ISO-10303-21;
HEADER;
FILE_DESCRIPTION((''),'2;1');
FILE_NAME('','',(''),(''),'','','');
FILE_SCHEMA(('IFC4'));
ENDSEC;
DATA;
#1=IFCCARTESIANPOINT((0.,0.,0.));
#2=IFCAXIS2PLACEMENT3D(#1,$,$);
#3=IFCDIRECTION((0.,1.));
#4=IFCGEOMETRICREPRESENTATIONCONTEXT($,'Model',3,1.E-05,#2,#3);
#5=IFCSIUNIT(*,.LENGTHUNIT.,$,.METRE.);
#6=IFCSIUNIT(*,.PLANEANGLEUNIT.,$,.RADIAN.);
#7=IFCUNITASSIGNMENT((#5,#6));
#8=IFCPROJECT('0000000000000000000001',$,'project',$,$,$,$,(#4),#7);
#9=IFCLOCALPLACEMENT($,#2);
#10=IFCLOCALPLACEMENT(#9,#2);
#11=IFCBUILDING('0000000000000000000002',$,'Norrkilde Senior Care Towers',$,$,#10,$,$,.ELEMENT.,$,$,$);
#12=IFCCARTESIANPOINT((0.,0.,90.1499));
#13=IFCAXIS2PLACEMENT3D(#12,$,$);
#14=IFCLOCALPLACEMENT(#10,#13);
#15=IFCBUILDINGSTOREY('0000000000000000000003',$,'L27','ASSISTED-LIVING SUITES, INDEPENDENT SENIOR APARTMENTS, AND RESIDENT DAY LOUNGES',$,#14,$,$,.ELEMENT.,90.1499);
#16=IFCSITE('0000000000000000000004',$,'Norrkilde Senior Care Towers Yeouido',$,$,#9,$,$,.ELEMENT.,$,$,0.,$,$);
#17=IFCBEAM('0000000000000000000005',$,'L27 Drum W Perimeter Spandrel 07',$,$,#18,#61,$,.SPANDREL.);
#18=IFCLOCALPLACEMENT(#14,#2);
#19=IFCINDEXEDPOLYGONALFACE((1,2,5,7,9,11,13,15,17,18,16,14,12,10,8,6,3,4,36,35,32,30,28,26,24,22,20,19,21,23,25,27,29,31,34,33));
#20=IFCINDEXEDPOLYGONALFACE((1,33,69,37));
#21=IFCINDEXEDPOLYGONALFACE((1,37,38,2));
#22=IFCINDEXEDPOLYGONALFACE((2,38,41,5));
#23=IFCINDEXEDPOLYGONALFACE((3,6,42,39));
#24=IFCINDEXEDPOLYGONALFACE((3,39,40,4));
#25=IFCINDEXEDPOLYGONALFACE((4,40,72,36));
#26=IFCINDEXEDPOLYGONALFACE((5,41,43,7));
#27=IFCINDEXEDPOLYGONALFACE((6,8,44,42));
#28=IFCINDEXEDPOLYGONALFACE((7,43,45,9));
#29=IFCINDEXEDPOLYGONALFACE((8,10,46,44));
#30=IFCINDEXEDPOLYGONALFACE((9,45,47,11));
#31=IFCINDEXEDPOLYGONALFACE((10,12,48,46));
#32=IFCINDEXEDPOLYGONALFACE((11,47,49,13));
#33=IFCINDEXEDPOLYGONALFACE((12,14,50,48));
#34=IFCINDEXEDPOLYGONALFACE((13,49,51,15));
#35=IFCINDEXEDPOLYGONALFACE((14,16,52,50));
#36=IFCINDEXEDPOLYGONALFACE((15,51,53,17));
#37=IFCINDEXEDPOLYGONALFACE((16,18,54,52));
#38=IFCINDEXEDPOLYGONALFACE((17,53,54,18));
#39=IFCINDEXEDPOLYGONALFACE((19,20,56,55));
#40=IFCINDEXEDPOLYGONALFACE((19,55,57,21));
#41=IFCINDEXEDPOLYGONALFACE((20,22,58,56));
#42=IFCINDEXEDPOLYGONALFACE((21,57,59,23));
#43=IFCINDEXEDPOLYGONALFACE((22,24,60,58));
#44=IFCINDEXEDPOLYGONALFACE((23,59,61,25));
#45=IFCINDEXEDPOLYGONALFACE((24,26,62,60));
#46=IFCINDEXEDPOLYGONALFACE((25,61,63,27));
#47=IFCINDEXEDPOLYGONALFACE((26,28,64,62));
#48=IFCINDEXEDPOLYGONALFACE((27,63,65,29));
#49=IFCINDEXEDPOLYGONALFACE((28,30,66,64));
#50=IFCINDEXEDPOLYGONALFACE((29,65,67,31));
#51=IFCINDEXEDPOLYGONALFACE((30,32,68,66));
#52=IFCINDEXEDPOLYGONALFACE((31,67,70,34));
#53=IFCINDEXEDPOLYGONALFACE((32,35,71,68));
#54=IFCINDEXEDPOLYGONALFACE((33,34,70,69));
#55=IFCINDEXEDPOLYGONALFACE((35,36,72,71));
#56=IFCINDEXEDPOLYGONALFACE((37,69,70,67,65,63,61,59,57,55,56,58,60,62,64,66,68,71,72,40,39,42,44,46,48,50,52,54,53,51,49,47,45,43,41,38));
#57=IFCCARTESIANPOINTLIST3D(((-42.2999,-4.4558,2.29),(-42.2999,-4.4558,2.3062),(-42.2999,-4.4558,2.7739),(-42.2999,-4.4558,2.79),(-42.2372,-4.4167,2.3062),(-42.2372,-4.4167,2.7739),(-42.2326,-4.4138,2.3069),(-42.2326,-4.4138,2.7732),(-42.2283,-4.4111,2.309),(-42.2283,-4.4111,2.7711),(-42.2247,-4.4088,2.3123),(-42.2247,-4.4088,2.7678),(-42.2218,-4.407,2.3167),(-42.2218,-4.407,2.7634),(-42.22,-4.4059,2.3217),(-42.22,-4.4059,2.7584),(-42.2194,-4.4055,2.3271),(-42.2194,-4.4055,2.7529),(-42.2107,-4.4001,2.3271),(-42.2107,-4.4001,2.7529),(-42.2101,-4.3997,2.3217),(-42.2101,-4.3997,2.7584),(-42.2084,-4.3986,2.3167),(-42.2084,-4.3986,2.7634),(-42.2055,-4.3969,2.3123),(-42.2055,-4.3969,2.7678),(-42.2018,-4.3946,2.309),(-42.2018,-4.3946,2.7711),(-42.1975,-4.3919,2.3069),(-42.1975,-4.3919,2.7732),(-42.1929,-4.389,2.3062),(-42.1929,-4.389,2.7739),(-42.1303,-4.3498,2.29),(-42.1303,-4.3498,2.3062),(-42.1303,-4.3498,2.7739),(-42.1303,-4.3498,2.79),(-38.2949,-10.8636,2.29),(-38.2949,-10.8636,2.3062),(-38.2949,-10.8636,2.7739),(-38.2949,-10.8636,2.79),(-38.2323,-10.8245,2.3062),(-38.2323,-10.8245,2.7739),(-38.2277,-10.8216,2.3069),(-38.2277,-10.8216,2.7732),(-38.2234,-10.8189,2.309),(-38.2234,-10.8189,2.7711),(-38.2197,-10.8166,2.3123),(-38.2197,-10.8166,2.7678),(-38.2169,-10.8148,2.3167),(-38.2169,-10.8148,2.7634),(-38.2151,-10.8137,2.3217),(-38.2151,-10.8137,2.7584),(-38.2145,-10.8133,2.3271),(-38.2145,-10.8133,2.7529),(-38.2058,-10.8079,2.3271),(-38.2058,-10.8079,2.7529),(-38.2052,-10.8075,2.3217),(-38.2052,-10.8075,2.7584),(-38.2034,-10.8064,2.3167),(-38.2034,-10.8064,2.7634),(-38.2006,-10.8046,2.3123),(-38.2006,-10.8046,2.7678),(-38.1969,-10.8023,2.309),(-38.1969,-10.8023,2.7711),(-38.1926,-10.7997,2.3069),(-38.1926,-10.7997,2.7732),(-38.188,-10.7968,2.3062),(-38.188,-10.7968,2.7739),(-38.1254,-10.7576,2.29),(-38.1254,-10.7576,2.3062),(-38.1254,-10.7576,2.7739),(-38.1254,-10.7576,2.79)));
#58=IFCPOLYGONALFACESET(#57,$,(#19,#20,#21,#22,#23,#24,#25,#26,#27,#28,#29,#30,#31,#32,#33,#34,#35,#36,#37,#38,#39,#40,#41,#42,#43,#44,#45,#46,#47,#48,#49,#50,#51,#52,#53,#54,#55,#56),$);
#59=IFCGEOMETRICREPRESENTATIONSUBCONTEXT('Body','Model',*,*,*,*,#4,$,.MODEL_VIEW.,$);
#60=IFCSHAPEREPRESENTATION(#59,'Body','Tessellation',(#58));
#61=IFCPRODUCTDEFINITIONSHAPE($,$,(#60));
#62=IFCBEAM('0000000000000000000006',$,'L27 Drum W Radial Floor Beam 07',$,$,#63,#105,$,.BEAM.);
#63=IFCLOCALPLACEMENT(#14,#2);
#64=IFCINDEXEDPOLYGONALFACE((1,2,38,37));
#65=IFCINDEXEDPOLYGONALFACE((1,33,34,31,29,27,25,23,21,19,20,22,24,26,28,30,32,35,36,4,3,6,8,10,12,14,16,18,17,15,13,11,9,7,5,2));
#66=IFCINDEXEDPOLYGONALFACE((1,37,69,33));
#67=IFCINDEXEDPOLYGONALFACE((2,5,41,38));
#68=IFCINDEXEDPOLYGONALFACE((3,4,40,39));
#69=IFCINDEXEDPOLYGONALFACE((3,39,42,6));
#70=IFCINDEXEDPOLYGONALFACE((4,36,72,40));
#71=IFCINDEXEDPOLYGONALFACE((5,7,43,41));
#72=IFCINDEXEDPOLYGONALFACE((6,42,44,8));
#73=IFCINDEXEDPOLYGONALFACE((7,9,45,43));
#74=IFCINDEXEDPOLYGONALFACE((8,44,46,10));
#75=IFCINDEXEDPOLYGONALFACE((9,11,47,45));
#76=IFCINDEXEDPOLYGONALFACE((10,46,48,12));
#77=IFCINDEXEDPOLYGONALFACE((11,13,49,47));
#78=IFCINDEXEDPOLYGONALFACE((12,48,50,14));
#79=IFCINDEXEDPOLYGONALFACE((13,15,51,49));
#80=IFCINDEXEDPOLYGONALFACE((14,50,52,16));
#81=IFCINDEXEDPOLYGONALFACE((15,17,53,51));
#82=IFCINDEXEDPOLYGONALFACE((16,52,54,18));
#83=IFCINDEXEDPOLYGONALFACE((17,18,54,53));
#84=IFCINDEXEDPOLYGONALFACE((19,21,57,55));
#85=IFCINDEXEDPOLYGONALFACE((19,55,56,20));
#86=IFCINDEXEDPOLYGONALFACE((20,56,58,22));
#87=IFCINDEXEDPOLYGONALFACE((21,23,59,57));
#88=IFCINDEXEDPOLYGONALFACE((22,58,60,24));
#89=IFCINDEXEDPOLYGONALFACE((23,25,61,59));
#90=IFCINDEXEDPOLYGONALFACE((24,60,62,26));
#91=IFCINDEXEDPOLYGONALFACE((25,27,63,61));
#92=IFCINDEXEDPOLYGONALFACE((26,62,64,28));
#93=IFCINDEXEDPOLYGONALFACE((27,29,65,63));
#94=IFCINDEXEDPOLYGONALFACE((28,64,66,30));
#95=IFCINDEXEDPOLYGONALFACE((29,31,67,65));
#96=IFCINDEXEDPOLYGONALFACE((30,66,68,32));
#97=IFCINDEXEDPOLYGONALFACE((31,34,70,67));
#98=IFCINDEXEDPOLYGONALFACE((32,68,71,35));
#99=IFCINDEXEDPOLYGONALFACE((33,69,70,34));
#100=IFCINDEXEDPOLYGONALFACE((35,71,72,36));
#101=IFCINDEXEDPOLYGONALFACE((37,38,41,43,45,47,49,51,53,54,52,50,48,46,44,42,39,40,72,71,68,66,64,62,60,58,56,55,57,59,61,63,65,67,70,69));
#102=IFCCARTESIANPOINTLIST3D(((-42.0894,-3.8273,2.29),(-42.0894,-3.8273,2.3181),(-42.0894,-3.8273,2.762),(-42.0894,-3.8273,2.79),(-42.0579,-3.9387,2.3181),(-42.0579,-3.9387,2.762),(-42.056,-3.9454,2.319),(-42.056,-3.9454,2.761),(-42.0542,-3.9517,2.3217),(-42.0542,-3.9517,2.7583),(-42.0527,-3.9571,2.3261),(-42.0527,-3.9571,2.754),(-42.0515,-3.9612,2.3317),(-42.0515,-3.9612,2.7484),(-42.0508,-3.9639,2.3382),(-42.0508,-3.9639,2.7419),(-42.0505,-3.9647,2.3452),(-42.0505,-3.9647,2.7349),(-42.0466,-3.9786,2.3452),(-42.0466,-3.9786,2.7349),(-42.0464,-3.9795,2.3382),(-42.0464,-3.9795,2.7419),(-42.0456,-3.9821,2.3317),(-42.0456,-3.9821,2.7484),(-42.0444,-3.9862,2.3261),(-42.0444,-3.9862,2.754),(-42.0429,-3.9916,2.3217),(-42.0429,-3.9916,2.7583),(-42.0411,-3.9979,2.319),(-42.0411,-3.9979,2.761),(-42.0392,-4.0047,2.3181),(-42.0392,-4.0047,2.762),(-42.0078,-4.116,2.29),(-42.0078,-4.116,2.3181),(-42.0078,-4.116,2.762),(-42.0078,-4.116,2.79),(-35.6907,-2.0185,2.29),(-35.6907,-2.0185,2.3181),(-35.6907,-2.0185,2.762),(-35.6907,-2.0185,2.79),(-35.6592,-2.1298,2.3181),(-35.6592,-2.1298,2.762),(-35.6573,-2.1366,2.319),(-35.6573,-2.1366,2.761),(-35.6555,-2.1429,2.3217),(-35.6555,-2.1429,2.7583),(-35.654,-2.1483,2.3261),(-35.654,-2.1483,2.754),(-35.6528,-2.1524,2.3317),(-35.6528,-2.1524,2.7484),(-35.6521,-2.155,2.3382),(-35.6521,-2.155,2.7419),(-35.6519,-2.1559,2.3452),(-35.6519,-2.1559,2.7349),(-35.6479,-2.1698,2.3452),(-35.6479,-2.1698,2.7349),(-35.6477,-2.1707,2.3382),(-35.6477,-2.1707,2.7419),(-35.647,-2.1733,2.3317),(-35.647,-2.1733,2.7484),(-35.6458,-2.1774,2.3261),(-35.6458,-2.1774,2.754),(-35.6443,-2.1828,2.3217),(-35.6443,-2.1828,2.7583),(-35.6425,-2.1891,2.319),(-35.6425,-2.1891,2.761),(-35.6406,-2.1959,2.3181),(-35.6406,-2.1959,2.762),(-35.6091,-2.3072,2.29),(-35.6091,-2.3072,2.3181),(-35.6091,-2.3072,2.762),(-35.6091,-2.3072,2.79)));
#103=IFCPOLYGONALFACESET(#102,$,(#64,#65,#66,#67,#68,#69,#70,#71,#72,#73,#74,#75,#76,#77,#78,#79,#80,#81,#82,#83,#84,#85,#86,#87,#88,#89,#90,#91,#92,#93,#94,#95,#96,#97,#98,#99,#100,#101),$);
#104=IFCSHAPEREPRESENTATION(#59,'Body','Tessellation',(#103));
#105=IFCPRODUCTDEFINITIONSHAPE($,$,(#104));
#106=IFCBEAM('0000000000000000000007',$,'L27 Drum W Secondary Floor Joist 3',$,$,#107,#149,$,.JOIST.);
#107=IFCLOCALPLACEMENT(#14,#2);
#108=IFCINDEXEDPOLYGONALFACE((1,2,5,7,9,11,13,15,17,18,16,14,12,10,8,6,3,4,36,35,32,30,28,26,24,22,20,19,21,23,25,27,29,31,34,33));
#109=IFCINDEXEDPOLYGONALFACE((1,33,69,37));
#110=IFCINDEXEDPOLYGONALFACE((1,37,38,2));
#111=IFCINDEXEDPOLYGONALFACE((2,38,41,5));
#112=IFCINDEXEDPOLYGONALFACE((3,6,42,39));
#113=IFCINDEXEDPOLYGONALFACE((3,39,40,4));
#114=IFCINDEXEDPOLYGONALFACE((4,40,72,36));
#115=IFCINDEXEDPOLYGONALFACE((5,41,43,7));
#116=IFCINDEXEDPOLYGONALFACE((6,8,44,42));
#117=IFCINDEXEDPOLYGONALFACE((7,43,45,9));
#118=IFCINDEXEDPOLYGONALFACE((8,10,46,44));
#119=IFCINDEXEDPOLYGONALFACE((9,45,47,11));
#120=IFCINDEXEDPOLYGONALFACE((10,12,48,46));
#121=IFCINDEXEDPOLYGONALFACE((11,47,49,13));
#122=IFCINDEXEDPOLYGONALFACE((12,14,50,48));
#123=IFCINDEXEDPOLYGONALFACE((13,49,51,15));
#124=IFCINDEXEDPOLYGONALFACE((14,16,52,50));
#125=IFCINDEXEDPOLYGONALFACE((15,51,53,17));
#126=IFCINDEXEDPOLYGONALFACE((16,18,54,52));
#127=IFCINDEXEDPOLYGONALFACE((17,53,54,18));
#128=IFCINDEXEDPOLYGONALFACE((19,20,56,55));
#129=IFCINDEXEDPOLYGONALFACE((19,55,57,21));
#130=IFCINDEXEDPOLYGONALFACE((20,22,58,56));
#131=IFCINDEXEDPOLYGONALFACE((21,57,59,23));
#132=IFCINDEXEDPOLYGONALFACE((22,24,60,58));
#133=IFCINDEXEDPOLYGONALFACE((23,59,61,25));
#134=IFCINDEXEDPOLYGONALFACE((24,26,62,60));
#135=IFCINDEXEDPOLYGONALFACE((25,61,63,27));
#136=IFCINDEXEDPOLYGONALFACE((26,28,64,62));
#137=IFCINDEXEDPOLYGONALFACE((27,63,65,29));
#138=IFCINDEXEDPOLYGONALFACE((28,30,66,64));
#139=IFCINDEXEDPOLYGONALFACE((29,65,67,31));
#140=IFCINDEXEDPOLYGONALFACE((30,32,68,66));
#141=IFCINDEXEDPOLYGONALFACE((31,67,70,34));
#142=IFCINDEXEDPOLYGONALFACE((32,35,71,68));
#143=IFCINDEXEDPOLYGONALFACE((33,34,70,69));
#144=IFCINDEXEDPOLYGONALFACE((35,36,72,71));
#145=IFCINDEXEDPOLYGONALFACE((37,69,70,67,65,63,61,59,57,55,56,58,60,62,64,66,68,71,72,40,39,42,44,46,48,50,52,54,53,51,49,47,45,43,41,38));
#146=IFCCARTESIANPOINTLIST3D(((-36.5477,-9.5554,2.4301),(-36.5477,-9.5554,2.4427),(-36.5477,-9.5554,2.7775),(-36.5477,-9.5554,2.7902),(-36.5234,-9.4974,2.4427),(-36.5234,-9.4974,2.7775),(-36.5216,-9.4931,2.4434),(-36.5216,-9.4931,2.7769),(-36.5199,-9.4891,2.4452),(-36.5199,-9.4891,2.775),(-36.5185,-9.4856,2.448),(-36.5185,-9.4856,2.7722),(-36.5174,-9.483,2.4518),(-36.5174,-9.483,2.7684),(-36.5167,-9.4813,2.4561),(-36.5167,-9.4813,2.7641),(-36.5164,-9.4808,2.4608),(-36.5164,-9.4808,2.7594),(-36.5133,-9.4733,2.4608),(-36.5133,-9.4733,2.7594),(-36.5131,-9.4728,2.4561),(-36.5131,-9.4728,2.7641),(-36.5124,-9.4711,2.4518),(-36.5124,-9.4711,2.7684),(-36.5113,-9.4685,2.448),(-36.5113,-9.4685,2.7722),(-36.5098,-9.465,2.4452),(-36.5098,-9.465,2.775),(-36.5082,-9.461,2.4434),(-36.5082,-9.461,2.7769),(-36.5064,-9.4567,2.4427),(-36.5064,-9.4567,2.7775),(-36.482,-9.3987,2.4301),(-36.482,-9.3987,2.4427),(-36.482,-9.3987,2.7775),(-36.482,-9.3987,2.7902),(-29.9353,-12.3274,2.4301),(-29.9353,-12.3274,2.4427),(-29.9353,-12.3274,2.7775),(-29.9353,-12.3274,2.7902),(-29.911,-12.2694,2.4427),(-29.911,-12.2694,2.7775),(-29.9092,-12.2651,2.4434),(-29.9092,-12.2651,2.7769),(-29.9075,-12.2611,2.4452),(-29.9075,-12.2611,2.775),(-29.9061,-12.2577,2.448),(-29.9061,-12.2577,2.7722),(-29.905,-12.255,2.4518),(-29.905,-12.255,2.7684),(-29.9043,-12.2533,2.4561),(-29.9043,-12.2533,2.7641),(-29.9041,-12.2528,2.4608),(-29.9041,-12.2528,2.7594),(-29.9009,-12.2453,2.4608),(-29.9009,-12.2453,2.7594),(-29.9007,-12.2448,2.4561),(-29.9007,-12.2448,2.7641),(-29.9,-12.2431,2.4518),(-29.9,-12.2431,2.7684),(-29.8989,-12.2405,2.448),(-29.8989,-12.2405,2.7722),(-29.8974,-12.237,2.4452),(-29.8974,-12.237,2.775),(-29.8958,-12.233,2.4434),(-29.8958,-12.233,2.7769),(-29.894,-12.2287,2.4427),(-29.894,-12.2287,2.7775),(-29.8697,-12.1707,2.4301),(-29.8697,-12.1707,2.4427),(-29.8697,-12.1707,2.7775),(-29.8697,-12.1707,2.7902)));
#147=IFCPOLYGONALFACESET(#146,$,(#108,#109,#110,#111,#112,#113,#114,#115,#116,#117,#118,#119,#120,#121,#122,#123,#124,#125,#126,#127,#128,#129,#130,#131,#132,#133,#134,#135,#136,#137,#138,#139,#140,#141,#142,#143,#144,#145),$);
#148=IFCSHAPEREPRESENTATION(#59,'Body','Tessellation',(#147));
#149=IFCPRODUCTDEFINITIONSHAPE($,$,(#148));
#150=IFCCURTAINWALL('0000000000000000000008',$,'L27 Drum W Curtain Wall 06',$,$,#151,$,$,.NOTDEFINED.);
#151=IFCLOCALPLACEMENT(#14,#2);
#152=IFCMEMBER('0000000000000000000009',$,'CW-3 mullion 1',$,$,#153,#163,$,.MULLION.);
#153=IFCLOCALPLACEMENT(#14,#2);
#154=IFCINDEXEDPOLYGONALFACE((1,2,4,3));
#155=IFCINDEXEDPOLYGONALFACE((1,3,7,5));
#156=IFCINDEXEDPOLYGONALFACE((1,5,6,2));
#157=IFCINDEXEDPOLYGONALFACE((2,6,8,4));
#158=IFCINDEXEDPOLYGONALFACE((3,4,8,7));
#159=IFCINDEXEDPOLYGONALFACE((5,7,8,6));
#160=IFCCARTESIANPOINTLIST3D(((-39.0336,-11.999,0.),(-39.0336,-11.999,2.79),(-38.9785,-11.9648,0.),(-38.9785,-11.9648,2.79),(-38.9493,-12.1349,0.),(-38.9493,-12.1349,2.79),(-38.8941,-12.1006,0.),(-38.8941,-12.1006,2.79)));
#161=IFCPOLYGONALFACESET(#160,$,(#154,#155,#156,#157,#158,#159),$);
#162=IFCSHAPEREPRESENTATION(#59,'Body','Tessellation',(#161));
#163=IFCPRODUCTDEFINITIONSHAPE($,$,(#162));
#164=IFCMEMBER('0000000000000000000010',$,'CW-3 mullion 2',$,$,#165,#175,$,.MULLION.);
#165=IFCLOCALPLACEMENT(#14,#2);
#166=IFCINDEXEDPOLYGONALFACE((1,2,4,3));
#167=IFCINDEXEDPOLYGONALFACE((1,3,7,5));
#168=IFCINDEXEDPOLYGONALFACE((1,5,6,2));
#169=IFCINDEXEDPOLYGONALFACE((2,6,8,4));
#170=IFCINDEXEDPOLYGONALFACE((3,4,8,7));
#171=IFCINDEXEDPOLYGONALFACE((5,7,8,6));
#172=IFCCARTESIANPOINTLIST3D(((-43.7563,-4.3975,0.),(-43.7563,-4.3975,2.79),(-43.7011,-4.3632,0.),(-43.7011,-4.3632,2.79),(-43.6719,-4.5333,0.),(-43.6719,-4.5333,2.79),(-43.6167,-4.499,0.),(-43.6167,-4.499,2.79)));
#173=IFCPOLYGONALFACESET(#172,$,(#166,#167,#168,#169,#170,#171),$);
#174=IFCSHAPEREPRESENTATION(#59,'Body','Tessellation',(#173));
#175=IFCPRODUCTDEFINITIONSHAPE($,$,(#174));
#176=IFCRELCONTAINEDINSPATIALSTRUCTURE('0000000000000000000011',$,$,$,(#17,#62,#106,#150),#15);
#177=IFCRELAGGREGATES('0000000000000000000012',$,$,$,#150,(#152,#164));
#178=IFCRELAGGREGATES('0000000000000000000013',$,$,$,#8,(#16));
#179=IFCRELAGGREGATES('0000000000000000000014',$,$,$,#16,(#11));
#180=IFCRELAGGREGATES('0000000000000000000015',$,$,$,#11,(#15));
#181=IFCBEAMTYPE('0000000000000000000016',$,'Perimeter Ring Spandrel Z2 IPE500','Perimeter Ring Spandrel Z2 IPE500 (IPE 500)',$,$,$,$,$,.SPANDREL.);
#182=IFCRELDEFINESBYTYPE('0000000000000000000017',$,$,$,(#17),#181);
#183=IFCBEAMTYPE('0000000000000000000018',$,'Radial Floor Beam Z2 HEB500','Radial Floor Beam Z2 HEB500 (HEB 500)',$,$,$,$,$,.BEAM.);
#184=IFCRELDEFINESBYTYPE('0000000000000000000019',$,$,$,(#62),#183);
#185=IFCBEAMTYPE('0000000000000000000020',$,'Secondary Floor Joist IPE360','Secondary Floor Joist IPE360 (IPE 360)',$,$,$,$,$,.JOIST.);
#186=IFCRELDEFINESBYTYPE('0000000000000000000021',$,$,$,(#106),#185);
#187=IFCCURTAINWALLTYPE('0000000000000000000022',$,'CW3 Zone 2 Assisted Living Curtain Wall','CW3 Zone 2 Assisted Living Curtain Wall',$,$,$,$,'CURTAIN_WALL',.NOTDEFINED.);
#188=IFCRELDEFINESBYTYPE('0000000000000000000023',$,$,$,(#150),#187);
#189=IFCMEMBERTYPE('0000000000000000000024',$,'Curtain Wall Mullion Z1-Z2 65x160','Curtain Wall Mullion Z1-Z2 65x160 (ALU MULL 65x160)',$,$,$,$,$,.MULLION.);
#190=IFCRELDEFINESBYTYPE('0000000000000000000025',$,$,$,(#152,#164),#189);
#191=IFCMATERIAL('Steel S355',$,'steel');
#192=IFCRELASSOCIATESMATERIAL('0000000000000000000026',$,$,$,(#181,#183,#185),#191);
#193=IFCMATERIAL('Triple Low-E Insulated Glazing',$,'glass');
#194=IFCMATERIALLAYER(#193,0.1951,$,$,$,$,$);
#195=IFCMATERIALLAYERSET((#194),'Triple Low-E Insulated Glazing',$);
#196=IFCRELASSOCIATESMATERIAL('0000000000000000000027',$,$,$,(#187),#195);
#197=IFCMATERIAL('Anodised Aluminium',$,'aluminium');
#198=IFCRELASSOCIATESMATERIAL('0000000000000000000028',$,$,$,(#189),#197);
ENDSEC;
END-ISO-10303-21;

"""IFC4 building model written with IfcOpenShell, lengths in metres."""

from ifc_helpers import new_model, si_unit, direction, frame, origin, origin_2d, place, context, subcontext, project, spatial, rectangle, i_section, extrude, source, transform, mapped, material, layer, layer_set, material_profile, profile_set, type_object, type_shapes, element, aggregate, save


model = new_model("IFC4")

# Units and contexts
model_context = context("Model", 3, precision=1e-05, world=origin(), true_north=direction((0.0, 1.0)))
body_context = subcontext(model_context, "Body", "Model", "MODEL_VIEW")
ifc_project = project(units=[si_unit("LENGTHUNIT", "METRE"), si_unit("PLANEANGLEUNIT", "RADIAN")], contexts=[model_context])

# Site, building, storey
site_placement = place(None, origin())
site = spatial("IfcSite", under=ifc_project, at=site_placement, Name="Norrkilde Senior Care Towers Yeouido", CompositionType="ELEMENT", RefElevation=0.0)
building_placement = place(site_placement, origin())
building = spatial("IfcBuilding", under=site, at=building_placement, Name="Norrkilde Senior Care Towers", CompositionType="ELEMENT")
storey_placement = place(building_placement, frame((0.0, 0.0, 90.1499)))
storey = spatial("IfcBuildingStorey", under=building, at=storey_placement, Name="L27", Description="ASSISTED-LIVING SUITES, INDEPENDENT SENIOR APARTMENTS, AND RESIDENT DAY LOUNGES", CompositionType="ELEMENT", Elevation=90.1499)

# Beams
ifc_material_1 = material(Name="Steel S355", Category="steel")
ifc_material_profile_1 = material_profile(ifc_material_1, i_section(OverallWidth=0.2, OverallDepth=0.5, WebThickness=0.0103, FlangeThickness=0.0161, FilletRadius=0.021, at=origin_2d()), Name="IPE 500")
ifc_profile_set_1 = profile_set([ifc_material_profile_1], Name="Steel S355")
beam_type_1 = type_object("IfcBeamType", Name="Perimeter Ring Spandrel Z2 IPE500", Description="Perimeter Ring Spandrel Z2 IPE500 (IPE 500)", PredefinedType="SPANDREL", material=ifc_profile_set_1)
shared_shape_1 = source(origin(), body_context, "Body", "SweptSolid", [
    extrude(i_section(OverallWidth=0.2, OverallDepth=0.5, WebThickness=0.0103, FlangeThickness=0.0161, FilletRadius=0.021, at=origin_2d()), origin(), (0.0, 0.0, 1.0), 7.5564),
])
beam_1_placement = place(storey_placement, frame((-42.2151, -4.4028, 2.54), z_axis=(0.530005, -0.847995, 0.0), x_axis=(0.847995, 0.530005, 0.0)))
element("IfcBeam", 1, at=beam_1_placement, inside=storey, type_object=beam_type_1, Name="L27 Drum W Perimeter Spandrel 07", PredefinedType="SPANDREL", context=body_context, shape_type="MappedRepresentation", body=[
    mapped(shared_shape_1, transform((0.0, 0.0, 0.0), x_axis=(1.0, 0.0, 0.0), y_axis=(0.0, 1.0, 0.0), z_axis=(0.0, 0.0, 1.0), scale=1.0)),
])
ifc_material_profile_2 = material_profile(ifc_material_1, i_section(OverallWidth=0.3, OverallDepth=0.5, WebThickness=0.0144, FlangeThickness=0.0281, FilletRadius=0.0271, at=origin_2d()), Name="HEB 500")
ifc_profile_set_2 = profile_set([ifc_material_profile_2], Name="Steel S355")
beam_type_2 = type_object("IfcBeamType", Name="Radial Floor Beam Z2 HEB500", Description="Radial Floor Beam Z2 HEB500 (HEB 500)", PredefinedType="BEAM", material=ifc_profile_set_2)
shared_shape_2 = source(origin(), body_context, "Body", "SweptSolid", [
    extrude(i_section(OverallWidth=0.3, OverallDepth=0.5, WebThickness=0.0144, FlangeThickness=0.0281, FilletRadius=0.0271, at=origin_2d()), origin(), (0.0, 0.0, 1.0), 6.6494),
])
type_shapes(beam_type_2, [shared_shape_2])
beam_2_placement = place(storey_placement, frame((-35.6499, -2.1628, 2.54), z_axis=(-0.962289, -0.272029, 0.0), x_axis=(0.272029, -0.962289, 0.0)))
element("IfcBeam", 2, at=beam_2_placement, inside=storey, type_object=beam_type_2, Name="L27 Drum W Radial Floor Beam 07", PredefinedType="BEAM", context=body_context, shape_type="MappedRepresentation", body=[
    mapped(shared_shape_2, transform((0.0, 0.0, 0.0), x_axis=(1.0, 0.0, 0.0), y_axis=(0.0, 1.0, 0.0), z_axis=(0.0, 0.0, 1.0), scale=1.0)),
])
ifc_material_profile_3 = material_profile(ifc_material_1, i_section(OverallWidth=0.1699, OverallDepth=0.3601, WebThickness=0.0081, FlangeThickness=0.0127, FilletRadius=0.0181, at=origin_2d()), Name="IPE 360")
ifc_profile_set_3 = profile_set([ifc_material_profile_3], Name="Steel S355")
beam_type_3 = type_object("IfcBeamType", Name="Secondary Floor Joist IPE360", Description="Secondary Floor Joist IPE360 (IPE 360)", PredefinedType="JOIST", material=ifc_profile_set_3)
shared_shape_3 = source(origin(), body_context, "Body", "SweptSolid", [
    extrude(i_section(OverallWidth=0.1699, OverallDepth=0.3601, WebThickness=0.0081, FlangeThickness=0.0127, FilletRadius=0.0181, at=origin_2d()), origin(), (0.0, 0.0, 1.0), 7.1699),
])
type_shapes(beam_type_3, [shared_shape_3])
beam_3_placement = place(storey_placement, frame((-36.5149, -9.4771, 2.6101), z_axis=(0.922241, -0.386616, 0.0), x_axis=(0.386616, 0.922241, 0.0)))
element("IfcBeam", 3, at=beam_3_placement, inside=storey, type_object=beam_type_3, Name="L27 Drum W Secondary Floor Joist 3", PredefinedType="JOIST", context=body_context, shape_type="MappedRepresentation", body=[
    mapped(shared_shape_3, transform((0.0, 0.0, 0.0), x_axis=(1.0, 0.0, 0.0), y_axis=(0.0, 1.0, 0.0), z_axis=(0.0, 0.0, 1.0), scale=1.0)),
])

# Curtain wall, members
ifc_material_2 = material(Name="Triple Low-E Insulated Glazing", Category="glass")
ifc_layer_1 = layer(ifc_material_2, 0.1951)
ifc_layer_set_1 = layer_set([ifc_layer_1], Name="Triple Low-E Insulated Glazing")
curtain_wall_type = type_object("IfcCurtainWallType", Name="CW3 Zone 2 Assisted Living Curtain Wall", Description="CW3 Zone 2 Assisted Living Curtain Wall", ElementType="CURTAIN_WALL", PredefinedType="NOTDEFINED", material=ifc_layer_set_1)
curtain_wall_1_placement = place(storey_placement, origin())
curtain_wall_1 = element("IfcCurtainWall", 4, at=curtain_wall_1_placement, inside=storey, type_object=curtain_wall_type, Name="L27 Drum W Curtain Wall 06", PredefinedType="NOTDEFINED")
ifc_material_3 = material(Name="Anodised Aluminium", Category="aluminium")
ifc_material_profile_4 = material_profile(ifc_material_3, rectangle(XDim=0.0649, YDim=0.1599, at=origin_2d()), Name="ALU MULL 65x160")
ifc_profile_set_4 = profile_set([ifc_material_profile_4], Name="Anodised Aluminium")
member_type_1 = type_object("IfcMemberType", Name="Curtain Wall Mullion Z1-Z2 65x160", Description="Curtain Wall Mullion Z1-Z2 65x160 (ALU MULL 65x160)", PredefinedType="MULLION", material=ifc_profile_set_4)
shared_shape_4 = source(origin(), body_context, "Body", "SweptSolid", [
    extrude(rectangle(XDim=0.0649, YDim=0.1599, at=origin_2d()), origin(), (0.0, 0.0, 1.0), 2.79),
])
type_shapes(member_type_1, [shared_shape_4])
member_1_placement = place(storey_placement, frame((-38.9639, -12.0498, 0.0), z_axis=(0.0, 0.0, 1.0), x_axis=(-0.84941, -0.527733, 0.0)))
member_1 = element("IfcMember", 5, at=member_1_placement, type_object=member_type_1, Name="CW-3 mullion 1", PredefinedType="MULLION", context=body_context, shape_type="MappedRepresentation", body=[
    mapped(shared_shape_4, transform((0.0, 0.0, 0.0), x_axis=(1.0, 0.0, 0.0), y_axis=(0.0, 1.0, 0.0), z_axis=(0.0, 0.0, 1.0), scale=1.0)),
])
member_2_placement = place(storey_placement, frame((-43.6865, -4.4482, 0.0), z_axis=(0.0, 0.0, 1.0), x_axis=(-0.84941, -0.527733, 0.0)))
member_2 = element("IfcMember", 6, at=member_2_placement, type_object=member_type_1, Name="CW-3 mullion 2", PredefinedType="MULLION", context=body_context, shape_type="MappedRepresentation", body=[
    mapped(shared_shape_4, transform((0.0, 0.0, 0.0), x_axis=(1.0, 0.0, 0.0), y_axis=(0.0, 1.0, 0.0), z_axis=(0.0, 0.0, 1.0), scale=1.0)),
])

aggregate(curtain_wall_1, [member_1, member_2])

save(model, "model.ifc")
